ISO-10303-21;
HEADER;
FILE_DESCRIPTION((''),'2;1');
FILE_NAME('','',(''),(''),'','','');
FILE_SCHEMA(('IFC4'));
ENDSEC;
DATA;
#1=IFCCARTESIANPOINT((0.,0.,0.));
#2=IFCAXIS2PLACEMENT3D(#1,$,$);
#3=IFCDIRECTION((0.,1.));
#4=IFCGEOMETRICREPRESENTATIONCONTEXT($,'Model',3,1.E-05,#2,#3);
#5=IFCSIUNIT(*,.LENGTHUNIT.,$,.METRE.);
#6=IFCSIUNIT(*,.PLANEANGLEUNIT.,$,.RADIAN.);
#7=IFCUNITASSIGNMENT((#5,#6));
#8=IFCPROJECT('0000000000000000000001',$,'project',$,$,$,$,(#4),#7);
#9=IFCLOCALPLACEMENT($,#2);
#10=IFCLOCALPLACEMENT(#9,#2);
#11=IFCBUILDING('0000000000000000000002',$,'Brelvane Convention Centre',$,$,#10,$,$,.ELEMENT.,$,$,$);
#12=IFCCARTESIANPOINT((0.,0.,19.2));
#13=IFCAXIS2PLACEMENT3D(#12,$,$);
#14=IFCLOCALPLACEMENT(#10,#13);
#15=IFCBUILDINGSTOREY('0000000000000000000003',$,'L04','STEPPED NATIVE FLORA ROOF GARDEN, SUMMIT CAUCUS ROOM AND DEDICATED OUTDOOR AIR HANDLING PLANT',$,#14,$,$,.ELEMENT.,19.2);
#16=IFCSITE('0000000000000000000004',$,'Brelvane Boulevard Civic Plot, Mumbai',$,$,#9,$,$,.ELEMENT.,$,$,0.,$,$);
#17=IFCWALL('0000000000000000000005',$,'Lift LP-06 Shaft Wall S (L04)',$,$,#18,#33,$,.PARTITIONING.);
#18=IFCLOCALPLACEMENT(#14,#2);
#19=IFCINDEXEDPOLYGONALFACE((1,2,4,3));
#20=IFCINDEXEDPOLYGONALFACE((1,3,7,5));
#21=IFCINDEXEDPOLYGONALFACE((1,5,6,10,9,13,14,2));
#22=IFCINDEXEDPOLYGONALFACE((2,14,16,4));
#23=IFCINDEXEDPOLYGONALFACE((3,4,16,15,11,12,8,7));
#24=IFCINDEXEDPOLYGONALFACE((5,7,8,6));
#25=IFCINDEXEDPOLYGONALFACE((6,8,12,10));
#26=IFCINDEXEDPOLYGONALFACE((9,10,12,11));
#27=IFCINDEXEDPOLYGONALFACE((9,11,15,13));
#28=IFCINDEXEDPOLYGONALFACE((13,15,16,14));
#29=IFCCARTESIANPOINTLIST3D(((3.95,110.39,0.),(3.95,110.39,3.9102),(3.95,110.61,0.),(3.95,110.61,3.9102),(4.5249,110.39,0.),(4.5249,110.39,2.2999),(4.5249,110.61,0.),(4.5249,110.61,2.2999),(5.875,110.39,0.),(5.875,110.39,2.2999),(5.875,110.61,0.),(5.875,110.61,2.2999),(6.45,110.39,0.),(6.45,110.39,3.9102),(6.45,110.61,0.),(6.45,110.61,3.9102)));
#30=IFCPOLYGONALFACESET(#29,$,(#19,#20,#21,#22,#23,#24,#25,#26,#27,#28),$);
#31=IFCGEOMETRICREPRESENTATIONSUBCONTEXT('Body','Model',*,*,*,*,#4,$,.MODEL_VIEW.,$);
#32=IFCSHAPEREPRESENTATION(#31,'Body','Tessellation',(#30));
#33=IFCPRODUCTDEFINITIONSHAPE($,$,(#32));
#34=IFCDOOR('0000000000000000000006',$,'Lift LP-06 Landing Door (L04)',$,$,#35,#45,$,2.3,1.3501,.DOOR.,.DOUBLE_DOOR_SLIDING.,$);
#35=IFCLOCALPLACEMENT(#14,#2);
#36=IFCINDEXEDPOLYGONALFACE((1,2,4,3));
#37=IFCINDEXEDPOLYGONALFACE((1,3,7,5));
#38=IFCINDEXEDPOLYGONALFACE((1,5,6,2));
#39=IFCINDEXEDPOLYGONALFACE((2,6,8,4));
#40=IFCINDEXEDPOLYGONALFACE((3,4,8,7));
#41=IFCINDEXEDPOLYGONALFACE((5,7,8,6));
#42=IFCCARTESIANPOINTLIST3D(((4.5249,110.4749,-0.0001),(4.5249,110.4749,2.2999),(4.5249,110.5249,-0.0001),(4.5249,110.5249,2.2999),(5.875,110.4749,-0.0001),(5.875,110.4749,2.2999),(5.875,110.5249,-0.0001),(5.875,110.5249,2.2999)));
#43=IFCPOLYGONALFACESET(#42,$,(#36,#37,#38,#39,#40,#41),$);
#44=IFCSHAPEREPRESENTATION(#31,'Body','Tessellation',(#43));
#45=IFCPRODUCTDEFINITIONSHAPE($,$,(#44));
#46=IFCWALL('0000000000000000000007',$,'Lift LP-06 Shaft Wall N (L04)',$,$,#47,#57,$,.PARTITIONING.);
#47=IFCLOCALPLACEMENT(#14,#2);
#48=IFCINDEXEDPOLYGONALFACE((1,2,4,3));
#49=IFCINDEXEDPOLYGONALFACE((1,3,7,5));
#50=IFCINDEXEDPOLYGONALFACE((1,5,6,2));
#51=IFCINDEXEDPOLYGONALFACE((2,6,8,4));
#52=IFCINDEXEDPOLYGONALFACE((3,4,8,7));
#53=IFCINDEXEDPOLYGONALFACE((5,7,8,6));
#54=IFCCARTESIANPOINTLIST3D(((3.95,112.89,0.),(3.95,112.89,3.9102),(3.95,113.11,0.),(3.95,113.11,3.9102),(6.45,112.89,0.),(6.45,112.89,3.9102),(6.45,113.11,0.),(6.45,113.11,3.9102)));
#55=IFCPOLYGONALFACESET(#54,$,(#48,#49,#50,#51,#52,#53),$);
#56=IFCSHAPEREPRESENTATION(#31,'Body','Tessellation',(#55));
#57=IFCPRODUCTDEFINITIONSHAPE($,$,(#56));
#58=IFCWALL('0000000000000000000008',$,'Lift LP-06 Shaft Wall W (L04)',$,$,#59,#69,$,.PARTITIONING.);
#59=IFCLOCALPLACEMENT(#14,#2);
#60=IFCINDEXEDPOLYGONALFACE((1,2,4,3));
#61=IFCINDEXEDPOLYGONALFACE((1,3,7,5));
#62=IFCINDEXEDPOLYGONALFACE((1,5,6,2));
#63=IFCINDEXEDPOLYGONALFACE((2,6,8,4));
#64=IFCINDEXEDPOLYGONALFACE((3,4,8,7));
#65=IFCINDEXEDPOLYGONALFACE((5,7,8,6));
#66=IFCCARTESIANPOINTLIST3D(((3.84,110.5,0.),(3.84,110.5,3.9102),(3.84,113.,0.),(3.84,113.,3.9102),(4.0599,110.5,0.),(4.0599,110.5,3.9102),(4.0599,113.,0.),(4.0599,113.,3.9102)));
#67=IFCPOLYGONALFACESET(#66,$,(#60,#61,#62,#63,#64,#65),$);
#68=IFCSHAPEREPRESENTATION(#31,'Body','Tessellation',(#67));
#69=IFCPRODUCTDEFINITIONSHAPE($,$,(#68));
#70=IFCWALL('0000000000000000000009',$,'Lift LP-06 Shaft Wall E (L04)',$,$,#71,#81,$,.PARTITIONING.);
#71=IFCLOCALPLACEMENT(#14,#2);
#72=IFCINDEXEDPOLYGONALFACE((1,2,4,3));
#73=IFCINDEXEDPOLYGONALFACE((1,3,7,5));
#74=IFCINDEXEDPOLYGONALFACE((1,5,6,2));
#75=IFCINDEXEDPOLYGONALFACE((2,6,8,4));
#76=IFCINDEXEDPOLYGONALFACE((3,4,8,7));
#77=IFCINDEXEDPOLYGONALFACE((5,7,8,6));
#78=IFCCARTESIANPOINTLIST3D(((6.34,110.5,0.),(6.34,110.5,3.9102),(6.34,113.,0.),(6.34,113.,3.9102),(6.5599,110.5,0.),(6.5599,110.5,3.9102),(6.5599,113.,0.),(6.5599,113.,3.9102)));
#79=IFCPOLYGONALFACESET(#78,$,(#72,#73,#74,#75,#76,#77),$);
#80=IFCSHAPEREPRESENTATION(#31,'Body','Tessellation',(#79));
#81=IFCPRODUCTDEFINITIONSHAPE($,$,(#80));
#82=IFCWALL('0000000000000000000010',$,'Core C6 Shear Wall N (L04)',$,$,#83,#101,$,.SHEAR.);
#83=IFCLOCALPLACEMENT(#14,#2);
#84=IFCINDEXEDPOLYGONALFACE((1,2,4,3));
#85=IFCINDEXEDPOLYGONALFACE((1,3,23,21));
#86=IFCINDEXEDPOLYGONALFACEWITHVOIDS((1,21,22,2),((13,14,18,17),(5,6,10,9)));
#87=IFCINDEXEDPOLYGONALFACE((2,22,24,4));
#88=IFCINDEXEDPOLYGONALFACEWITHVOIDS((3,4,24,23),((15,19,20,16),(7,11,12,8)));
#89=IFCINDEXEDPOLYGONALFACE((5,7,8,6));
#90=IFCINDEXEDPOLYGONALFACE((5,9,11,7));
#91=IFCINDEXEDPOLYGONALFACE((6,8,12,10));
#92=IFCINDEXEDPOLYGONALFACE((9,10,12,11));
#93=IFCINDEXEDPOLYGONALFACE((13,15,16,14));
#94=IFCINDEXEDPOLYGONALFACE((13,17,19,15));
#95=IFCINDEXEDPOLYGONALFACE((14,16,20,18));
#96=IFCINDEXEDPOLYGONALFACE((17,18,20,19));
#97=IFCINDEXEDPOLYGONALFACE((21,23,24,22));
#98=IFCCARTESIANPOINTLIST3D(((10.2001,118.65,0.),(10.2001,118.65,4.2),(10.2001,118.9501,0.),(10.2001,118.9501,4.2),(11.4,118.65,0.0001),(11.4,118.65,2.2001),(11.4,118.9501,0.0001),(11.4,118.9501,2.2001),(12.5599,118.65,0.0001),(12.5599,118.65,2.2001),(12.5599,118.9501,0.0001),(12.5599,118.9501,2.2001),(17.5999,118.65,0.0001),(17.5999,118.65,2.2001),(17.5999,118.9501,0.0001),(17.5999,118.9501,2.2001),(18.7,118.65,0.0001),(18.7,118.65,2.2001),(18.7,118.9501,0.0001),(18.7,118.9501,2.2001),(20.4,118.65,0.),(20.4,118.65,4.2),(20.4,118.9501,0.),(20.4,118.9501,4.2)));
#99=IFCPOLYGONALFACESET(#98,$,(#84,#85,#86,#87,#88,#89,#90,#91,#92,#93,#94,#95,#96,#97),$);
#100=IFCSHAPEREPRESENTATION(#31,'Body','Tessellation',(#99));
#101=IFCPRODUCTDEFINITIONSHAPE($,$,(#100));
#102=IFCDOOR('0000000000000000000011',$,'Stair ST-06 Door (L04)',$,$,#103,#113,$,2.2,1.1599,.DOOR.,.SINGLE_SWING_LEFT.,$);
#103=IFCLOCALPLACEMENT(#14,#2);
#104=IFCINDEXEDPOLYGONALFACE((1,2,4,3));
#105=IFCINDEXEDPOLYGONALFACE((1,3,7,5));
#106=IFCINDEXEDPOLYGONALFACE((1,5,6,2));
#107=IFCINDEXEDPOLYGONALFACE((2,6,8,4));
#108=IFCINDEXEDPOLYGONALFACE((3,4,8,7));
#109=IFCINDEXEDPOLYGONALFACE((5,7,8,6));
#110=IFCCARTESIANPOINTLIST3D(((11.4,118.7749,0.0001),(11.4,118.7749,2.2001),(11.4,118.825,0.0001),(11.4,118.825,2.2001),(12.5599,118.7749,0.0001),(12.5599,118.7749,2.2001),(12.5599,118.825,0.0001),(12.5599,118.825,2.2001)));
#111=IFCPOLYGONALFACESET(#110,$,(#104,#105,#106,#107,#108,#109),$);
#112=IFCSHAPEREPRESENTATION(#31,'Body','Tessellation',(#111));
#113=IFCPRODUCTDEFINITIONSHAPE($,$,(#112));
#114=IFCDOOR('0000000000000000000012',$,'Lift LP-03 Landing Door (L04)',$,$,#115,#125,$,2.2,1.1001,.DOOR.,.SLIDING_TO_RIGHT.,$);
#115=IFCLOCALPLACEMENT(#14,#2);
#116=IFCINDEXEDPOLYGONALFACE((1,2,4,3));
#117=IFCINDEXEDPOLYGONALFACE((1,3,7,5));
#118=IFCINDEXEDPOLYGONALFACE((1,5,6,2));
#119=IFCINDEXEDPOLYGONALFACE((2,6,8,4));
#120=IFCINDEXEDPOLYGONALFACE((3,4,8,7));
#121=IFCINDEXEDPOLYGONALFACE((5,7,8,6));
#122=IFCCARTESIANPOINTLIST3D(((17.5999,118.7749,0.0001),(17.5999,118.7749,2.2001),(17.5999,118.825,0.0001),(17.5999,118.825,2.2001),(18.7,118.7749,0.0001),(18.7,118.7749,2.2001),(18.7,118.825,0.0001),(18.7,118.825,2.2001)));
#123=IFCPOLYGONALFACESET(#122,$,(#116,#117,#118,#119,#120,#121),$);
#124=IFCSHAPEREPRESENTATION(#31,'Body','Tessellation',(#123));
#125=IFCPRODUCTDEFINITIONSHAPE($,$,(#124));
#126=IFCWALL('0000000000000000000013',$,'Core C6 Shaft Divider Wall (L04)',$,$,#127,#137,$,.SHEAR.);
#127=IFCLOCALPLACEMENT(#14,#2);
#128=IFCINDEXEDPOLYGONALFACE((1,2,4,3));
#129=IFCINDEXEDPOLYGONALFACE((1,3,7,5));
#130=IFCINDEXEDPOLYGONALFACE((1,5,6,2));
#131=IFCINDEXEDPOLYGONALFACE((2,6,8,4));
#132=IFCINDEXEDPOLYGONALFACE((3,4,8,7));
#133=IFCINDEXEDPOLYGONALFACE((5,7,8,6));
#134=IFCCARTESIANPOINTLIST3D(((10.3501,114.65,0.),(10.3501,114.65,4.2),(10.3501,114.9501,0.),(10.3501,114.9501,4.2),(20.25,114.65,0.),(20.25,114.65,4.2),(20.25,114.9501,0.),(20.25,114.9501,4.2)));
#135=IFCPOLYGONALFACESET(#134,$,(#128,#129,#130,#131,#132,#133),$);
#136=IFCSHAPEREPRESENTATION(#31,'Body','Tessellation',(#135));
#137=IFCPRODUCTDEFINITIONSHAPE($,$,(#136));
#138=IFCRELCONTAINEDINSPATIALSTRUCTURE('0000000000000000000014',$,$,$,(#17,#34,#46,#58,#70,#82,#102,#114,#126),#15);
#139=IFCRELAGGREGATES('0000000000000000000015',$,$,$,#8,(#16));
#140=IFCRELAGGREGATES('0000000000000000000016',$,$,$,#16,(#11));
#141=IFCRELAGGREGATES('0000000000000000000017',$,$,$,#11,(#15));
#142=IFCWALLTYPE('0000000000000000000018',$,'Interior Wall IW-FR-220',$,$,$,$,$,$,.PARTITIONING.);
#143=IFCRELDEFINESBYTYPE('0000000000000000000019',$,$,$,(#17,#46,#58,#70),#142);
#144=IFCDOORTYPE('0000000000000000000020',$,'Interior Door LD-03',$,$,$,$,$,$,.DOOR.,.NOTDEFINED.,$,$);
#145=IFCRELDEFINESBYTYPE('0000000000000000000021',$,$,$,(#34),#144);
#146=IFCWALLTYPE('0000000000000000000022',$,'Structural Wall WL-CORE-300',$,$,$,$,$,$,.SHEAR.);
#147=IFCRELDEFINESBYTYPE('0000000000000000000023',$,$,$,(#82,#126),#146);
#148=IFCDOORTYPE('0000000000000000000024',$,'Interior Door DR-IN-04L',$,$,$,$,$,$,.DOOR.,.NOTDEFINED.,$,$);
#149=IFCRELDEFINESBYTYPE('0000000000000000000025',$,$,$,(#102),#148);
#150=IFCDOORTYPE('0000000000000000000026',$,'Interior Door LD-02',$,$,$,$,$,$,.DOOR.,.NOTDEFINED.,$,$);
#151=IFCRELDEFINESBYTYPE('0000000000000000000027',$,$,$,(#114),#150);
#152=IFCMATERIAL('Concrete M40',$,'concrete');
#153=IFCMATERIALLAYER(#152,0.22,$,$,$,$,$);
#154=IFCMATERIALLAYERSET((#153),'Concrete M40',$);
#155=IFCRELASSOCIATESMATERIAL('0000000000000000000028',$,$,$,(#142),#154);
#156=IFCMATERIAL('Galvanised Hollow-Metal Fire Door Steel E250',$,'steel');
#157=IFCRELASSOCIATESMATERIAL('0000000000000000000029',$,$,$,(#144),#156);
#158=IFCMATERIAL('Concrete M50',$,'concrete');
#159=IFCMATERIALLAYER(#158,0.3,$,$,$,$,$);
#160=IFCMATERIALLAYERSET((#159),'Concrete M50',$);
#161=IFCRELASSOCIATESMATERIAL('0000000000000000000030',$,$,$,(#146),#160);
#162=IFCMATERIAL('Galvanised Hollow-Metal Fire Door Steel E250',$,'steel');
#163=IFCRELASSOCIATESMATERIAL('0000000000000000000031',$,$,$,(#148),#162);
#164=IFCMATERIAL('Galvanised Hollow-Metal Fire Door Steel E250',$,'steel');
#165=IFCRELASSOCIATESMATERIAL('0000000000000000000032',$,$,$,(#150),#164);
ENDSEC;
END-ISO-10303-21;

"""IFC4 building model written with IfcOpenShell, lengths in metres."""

from ifc_helpers import new_model, si_unit, direction, frame, frame_2d, origin, place, context, subcontext, project, spatial, rectangle, extrude, material, layer, layer_set, type_object, element, fill, save


model = new_model("IFC4")

# Units and contexts
model_context = context("Model", 3, precision=1e-05, world=origin(), true_north=direction((0.0, 1.0)))
body_context = subcontext(model_context, "Body", "Model", "MODEL_VIEW")
ifc_project = project(units=[si_unit("LENGTHUNIT", "METRE"), si_unit("PLANEANGLEUNIT", "RADIAN")], contexts=[model_context])

# Site, building, storey
site_placement = place(None, origin())
site = spatial("IfcSite", under=ifc_project, at=site_placement, Name="Brelvane Boulevard Civic Plot, Mumbai", CompositionType="ELEMENT", RefElevation=0.0)
building_placement = place(site_placement, origin())
building = spatial("IfcBuilding", under=site, at=building_placement, Name="Brelvane Convention Centre", CompositionType="ELEMENT")
storey_placement = place(building_placement, frame((0.0, 0.0, 19.2)))
storey = spatial("IfcBuildingStorey", under=building, at=storey_placement, Name="L04", Description="STEPPED NATIVE FLORA ROOF GARDEN, SUMMIT CAUCUS ROOM AND DEDICATED OUTDOOR AIR HANDLING PLANT", CompositionType="ELEMENT", Elevation=19.2)

# Wall, opening, door
ifc_material_1 = material(Name="Concrete M40", Category="concrete")
ifc_layer_1 = layer(ifc_material_1, 0.22)
ifc_layer_set_1 = layer_set([ifc_layer_1], Name="Concrete M40")
wall_type_1 = type_object("IfcWallType", Name="Interior Wall IW-FR-220", PredefinedType="PARTITIONING", material=ifc_layer_set_1)
wall_1_placement = place(storey_placement, frame((3.95, 110.5, 0.0), z_axis=(0.0, 0.0, 1.0), x_axis=(1.0, 0.0, 0.0)))
wall_1 = element("IfcWall", 1, at=wall_1_placement, inside=storey, type_object=wall_type_1, Name="Lift LP-06 Shaft Wall S (L04)", PredefinedType="PARTITIONING", context=body_context, shape_type="SweptSolid", body=[
    extrude(rectangle(XDim=2.5, YDim=0.22, at=frame_2d((1.25, 0.0))), origin(), (0.0, 0.0, 1.0), 3.9102),
])
opening_1_placement = place(wall_1_placement, frame((0.575, 0.0, 0.0)))
opening_1 = element("IfcOpeningElement", 2, at=opening_1_placement, cuts=wall_1, PredefinedType="OPENING", context=body_context, shape_type="SweptSolid", body=[
    extrude(rectangle(XDim=1.3501, YDim=2.3, at=frame_2d((0.675, 1.1499))), frame((0.0, 0.1199, 0.0), z_axis=(0.0, -1.0, 0.0), x_axis=(1.0, 0.0, 0.0)), (0.0, 0.0, 1.0), 0.24),
])
ifc_material_2 = material(Name="Galvanised Hollow-Metal Fire Door Steel E250", Category="steel")
door_type_1 = type_object("IfcDoorType", Name="Interior Door LD-03", OperationType="NOTDEFINED", PredefinedType="DOOR", material=ifc_material_2)
door_1_placement = place(opening_1_placement, origin())
door_1 = element("IfcDoor", 3, at=door_1_placement, inside=storey, type_object=door_type_1, Name="Lift LP-06 Landing Door (L04)", OperationType="DOUBLE_DOOR_SLIDING", OverallHeight=2.3, OverallWidth=1.3501, PredefinedType="DOOR", context=body_context, shape_type="SweptSolid", body=[
    extrude(rectangle(XDim=1.3501, YDim=2.3, at=frame_2d((0.675, 1.1499))), frame((0.0, 0.0249, 0.0), z_axis=(0.0, -1.0, 0.0), x_axis=(1.0, 0.0, 0.0)), (0.0, 0.0, 1.0), 0.05),
])
fill(opening_1, door_1)

# Walls
for number, where, z_axis, x_axis, name in (
    (4, (3.95, 113.0, 0.0), (0.0, 0.0, 1.0), (1.0, 0.0, 0.0), "Lift LP-06 Shaft Wall N (L04)"),
    (5, (3.95, 110.5, 0.0), (0.0, 0.0, 1.0), (0.0, 1.0, 0.0), "Lift LP-06 Shaft Wall W (L04)"),
    (6, (6.45, 110.5, 0.0), (0.0, 0.0, 1.0), (0.0, 1.0, 0.0), "Lift LP-06 Shaft Wall E (L04)"),
):
    element("IfcWall", number, at=place(storey_placement, frame(where, z_axis=z_axis, x_axis=x_axis)), inside=storey, type_object=wall_type_1, Name=name, PredefinedType="PARTITIONING", context=body_context, shape_type="SweptSolid", body=[
        extrude(rectangle(XDim=2.5, YDim=0.22, at=frame_2d((1.25, 0.0))), origin(), (0.0, 0.0, 1.0), 3.9102),
    ])

# Wall, openings, doors
ifc_material_3 = material(Name="Concrete M50", Category="concrete")
ifc_layer_2 = layer(ifc_material_3, 0.3)
ifc_layer_set_2 = layer_set([ifc_layer_2], Name="Concrete M50")
wall_type_2 = type_object("IfcWallType", Name="Structural Wall WL-CORE-300", PredefinedType="SHEAR", material=ifc_layer_set_2)
wall_2_placement = place(storey_placement, frame((10.2, 118.8, 0.0), z_axis=(0.0, 0.0, 1.0), x_axis=(1.0, 0.0, 0.0)))
wall_2 = element("IfcWall", 7, at=wall_2_placement, inside=storey, type_object=wall_type_2, Name="Core C6 Shear Wall N (L04)", PredefinedType="SHEAR", context=body_context, shape_type="SweptSolid", body=[
    extrude(rectangle(XDim=10.2, YDim=0.3, at=frame_2d((5.1001, 0.0))), origin(), (0.0, 0.0, 1.0), 4.2),
])
opening_2_placement = place(wall_2_placement, frame((1.2, 0.0, 0.0)))
opening_2 = element("IfcOpeningElement", 8, at=opening_2_placement, cuts=wall_2, PredefinedType="OPENING", context=body_context, shape_type="SweptSolid", body=[
    extrude(rectangle(XDim=1.1599, YDim=2.2, at=frame_2d((0.5801, 1.1001))), frame((0.0, 0.1599, 0.0), z_axis=(0.0, -1.0, 0.0), x_axis=(1.0, 0.0, 0.0)), (0.0, 0.0, 1.0), 0.3201),
])
opening_3_placement = place(wall_2_placement, frame((7.3999, 0.0, 0.0)))
opening_3 = element("IfcOpeningElement", 9, at=opening_3_placement, cuts=wall_2, PredefinedType="OPENING", context=body_context, shape_type="SweptSolid", body=[
    extrude(rectangle(XDim=1.1001, YDim=2.2, at=frame_2d((0.55, 1.1001))), frame((0.0, 0.1599, 0.0), z_axis=(0.0, -1.0, 0.0), x_axis=(1.0, 0.0, 0.0)), (0.0, 0.0, 1.0), 0.3201),
])
ifc_material_4 = material(Name="Galvanised Hollow-Metal Fire Door Steel E250", Category="steel")
door_type_2 = type_object("IfcDoorType", Name="Interior Door DR-IN-04L", OperationType="NOTDEFINED", PredefinedType="DOOR", material=ifc_material_4)
door_2_placement = place(opening_2_placement, origin())
door_2 = element("IfcDoor", 10, at=door_2_placement, inside=storey, type_object=door_type_2, Name="Stair ST-06 Door (L04)", OperationType="SINGLE_SWING_LEFT", OverallHeight=2.2, OverallWidth=1.1599, PredefinedType="DOOR", context=body_context, shape_type="SweptSolid", body=[
    extrude(rectangle(XDim=1.1599, YDim=2.2, at=frame_2d((0.5801, 1.1001))), frame((0.0, 0.0249, 0.0), z_axis=(0.0, -1.0, 0.0), x_axis=(1.0, 0.0, 0.0)), (0.0, 0.0, 1.0), 0.05),
])
fill(opening_2, door_2)
ifc_material_5 = material(Name="Galvanised Hollow-Metal Fire Door Steel E250", Category="steel")
door_type_3 = type_object("IfcDoorType", Name="Interior Door LD-02", OperationType="NOTDEFINED", PredefinedType="DOOR", material=ifc_material_5)
door_3_placement = place(opening_3_placement, origin())
door_3 = element("IfcDoor", 11, at=door_3_placement, inside=storey, type_object=door_type_3, Name="Lift LP-03 Landing Door (L04)", OperationType="SLIDING_TO_RIGHT", OverallHeight=2.2, OverallWidth=1.1001, PredefinedType="DOOR", context=body_context, shape_type="SweptSolid", body=[
    extrude(rectangle(XDim=1.1001, YDim=2.2, at=frame_2d((0.55, 1.1001))), frame((0.0, 0.0249, 0.0), z_axis=(0.0, -1.0, 0.0), x_axis=(1.0, 0.0, 0.0)), (0.0, 0.0, 1.0), 0.05),
])
fill(opening_3, door_3)

# Wall
wall_3_placement = place(storey_placement, frame((10.3501, 114.8, 0.0), z_axis=(0.0, 0.0, 1.0), x_axis=(1.0, 0.0, 0.0)))
element("IfcWall", 12, at=wall_3_placement, inside=storey, type_object=wall_type_2, Name="Core C6 Shaft Divider Wall (L04)", PredefinedType="SHEAR", context=body_context, shape_type="SweptSolid", body=[
    extrude(rectangle(XDim=9.8999, YDim=0.3, at=frame_2d((4.95, 0.0))), origin(), (0.0, 0.0, 1.0), 4.2),
])

save(model, "model.ifc")
